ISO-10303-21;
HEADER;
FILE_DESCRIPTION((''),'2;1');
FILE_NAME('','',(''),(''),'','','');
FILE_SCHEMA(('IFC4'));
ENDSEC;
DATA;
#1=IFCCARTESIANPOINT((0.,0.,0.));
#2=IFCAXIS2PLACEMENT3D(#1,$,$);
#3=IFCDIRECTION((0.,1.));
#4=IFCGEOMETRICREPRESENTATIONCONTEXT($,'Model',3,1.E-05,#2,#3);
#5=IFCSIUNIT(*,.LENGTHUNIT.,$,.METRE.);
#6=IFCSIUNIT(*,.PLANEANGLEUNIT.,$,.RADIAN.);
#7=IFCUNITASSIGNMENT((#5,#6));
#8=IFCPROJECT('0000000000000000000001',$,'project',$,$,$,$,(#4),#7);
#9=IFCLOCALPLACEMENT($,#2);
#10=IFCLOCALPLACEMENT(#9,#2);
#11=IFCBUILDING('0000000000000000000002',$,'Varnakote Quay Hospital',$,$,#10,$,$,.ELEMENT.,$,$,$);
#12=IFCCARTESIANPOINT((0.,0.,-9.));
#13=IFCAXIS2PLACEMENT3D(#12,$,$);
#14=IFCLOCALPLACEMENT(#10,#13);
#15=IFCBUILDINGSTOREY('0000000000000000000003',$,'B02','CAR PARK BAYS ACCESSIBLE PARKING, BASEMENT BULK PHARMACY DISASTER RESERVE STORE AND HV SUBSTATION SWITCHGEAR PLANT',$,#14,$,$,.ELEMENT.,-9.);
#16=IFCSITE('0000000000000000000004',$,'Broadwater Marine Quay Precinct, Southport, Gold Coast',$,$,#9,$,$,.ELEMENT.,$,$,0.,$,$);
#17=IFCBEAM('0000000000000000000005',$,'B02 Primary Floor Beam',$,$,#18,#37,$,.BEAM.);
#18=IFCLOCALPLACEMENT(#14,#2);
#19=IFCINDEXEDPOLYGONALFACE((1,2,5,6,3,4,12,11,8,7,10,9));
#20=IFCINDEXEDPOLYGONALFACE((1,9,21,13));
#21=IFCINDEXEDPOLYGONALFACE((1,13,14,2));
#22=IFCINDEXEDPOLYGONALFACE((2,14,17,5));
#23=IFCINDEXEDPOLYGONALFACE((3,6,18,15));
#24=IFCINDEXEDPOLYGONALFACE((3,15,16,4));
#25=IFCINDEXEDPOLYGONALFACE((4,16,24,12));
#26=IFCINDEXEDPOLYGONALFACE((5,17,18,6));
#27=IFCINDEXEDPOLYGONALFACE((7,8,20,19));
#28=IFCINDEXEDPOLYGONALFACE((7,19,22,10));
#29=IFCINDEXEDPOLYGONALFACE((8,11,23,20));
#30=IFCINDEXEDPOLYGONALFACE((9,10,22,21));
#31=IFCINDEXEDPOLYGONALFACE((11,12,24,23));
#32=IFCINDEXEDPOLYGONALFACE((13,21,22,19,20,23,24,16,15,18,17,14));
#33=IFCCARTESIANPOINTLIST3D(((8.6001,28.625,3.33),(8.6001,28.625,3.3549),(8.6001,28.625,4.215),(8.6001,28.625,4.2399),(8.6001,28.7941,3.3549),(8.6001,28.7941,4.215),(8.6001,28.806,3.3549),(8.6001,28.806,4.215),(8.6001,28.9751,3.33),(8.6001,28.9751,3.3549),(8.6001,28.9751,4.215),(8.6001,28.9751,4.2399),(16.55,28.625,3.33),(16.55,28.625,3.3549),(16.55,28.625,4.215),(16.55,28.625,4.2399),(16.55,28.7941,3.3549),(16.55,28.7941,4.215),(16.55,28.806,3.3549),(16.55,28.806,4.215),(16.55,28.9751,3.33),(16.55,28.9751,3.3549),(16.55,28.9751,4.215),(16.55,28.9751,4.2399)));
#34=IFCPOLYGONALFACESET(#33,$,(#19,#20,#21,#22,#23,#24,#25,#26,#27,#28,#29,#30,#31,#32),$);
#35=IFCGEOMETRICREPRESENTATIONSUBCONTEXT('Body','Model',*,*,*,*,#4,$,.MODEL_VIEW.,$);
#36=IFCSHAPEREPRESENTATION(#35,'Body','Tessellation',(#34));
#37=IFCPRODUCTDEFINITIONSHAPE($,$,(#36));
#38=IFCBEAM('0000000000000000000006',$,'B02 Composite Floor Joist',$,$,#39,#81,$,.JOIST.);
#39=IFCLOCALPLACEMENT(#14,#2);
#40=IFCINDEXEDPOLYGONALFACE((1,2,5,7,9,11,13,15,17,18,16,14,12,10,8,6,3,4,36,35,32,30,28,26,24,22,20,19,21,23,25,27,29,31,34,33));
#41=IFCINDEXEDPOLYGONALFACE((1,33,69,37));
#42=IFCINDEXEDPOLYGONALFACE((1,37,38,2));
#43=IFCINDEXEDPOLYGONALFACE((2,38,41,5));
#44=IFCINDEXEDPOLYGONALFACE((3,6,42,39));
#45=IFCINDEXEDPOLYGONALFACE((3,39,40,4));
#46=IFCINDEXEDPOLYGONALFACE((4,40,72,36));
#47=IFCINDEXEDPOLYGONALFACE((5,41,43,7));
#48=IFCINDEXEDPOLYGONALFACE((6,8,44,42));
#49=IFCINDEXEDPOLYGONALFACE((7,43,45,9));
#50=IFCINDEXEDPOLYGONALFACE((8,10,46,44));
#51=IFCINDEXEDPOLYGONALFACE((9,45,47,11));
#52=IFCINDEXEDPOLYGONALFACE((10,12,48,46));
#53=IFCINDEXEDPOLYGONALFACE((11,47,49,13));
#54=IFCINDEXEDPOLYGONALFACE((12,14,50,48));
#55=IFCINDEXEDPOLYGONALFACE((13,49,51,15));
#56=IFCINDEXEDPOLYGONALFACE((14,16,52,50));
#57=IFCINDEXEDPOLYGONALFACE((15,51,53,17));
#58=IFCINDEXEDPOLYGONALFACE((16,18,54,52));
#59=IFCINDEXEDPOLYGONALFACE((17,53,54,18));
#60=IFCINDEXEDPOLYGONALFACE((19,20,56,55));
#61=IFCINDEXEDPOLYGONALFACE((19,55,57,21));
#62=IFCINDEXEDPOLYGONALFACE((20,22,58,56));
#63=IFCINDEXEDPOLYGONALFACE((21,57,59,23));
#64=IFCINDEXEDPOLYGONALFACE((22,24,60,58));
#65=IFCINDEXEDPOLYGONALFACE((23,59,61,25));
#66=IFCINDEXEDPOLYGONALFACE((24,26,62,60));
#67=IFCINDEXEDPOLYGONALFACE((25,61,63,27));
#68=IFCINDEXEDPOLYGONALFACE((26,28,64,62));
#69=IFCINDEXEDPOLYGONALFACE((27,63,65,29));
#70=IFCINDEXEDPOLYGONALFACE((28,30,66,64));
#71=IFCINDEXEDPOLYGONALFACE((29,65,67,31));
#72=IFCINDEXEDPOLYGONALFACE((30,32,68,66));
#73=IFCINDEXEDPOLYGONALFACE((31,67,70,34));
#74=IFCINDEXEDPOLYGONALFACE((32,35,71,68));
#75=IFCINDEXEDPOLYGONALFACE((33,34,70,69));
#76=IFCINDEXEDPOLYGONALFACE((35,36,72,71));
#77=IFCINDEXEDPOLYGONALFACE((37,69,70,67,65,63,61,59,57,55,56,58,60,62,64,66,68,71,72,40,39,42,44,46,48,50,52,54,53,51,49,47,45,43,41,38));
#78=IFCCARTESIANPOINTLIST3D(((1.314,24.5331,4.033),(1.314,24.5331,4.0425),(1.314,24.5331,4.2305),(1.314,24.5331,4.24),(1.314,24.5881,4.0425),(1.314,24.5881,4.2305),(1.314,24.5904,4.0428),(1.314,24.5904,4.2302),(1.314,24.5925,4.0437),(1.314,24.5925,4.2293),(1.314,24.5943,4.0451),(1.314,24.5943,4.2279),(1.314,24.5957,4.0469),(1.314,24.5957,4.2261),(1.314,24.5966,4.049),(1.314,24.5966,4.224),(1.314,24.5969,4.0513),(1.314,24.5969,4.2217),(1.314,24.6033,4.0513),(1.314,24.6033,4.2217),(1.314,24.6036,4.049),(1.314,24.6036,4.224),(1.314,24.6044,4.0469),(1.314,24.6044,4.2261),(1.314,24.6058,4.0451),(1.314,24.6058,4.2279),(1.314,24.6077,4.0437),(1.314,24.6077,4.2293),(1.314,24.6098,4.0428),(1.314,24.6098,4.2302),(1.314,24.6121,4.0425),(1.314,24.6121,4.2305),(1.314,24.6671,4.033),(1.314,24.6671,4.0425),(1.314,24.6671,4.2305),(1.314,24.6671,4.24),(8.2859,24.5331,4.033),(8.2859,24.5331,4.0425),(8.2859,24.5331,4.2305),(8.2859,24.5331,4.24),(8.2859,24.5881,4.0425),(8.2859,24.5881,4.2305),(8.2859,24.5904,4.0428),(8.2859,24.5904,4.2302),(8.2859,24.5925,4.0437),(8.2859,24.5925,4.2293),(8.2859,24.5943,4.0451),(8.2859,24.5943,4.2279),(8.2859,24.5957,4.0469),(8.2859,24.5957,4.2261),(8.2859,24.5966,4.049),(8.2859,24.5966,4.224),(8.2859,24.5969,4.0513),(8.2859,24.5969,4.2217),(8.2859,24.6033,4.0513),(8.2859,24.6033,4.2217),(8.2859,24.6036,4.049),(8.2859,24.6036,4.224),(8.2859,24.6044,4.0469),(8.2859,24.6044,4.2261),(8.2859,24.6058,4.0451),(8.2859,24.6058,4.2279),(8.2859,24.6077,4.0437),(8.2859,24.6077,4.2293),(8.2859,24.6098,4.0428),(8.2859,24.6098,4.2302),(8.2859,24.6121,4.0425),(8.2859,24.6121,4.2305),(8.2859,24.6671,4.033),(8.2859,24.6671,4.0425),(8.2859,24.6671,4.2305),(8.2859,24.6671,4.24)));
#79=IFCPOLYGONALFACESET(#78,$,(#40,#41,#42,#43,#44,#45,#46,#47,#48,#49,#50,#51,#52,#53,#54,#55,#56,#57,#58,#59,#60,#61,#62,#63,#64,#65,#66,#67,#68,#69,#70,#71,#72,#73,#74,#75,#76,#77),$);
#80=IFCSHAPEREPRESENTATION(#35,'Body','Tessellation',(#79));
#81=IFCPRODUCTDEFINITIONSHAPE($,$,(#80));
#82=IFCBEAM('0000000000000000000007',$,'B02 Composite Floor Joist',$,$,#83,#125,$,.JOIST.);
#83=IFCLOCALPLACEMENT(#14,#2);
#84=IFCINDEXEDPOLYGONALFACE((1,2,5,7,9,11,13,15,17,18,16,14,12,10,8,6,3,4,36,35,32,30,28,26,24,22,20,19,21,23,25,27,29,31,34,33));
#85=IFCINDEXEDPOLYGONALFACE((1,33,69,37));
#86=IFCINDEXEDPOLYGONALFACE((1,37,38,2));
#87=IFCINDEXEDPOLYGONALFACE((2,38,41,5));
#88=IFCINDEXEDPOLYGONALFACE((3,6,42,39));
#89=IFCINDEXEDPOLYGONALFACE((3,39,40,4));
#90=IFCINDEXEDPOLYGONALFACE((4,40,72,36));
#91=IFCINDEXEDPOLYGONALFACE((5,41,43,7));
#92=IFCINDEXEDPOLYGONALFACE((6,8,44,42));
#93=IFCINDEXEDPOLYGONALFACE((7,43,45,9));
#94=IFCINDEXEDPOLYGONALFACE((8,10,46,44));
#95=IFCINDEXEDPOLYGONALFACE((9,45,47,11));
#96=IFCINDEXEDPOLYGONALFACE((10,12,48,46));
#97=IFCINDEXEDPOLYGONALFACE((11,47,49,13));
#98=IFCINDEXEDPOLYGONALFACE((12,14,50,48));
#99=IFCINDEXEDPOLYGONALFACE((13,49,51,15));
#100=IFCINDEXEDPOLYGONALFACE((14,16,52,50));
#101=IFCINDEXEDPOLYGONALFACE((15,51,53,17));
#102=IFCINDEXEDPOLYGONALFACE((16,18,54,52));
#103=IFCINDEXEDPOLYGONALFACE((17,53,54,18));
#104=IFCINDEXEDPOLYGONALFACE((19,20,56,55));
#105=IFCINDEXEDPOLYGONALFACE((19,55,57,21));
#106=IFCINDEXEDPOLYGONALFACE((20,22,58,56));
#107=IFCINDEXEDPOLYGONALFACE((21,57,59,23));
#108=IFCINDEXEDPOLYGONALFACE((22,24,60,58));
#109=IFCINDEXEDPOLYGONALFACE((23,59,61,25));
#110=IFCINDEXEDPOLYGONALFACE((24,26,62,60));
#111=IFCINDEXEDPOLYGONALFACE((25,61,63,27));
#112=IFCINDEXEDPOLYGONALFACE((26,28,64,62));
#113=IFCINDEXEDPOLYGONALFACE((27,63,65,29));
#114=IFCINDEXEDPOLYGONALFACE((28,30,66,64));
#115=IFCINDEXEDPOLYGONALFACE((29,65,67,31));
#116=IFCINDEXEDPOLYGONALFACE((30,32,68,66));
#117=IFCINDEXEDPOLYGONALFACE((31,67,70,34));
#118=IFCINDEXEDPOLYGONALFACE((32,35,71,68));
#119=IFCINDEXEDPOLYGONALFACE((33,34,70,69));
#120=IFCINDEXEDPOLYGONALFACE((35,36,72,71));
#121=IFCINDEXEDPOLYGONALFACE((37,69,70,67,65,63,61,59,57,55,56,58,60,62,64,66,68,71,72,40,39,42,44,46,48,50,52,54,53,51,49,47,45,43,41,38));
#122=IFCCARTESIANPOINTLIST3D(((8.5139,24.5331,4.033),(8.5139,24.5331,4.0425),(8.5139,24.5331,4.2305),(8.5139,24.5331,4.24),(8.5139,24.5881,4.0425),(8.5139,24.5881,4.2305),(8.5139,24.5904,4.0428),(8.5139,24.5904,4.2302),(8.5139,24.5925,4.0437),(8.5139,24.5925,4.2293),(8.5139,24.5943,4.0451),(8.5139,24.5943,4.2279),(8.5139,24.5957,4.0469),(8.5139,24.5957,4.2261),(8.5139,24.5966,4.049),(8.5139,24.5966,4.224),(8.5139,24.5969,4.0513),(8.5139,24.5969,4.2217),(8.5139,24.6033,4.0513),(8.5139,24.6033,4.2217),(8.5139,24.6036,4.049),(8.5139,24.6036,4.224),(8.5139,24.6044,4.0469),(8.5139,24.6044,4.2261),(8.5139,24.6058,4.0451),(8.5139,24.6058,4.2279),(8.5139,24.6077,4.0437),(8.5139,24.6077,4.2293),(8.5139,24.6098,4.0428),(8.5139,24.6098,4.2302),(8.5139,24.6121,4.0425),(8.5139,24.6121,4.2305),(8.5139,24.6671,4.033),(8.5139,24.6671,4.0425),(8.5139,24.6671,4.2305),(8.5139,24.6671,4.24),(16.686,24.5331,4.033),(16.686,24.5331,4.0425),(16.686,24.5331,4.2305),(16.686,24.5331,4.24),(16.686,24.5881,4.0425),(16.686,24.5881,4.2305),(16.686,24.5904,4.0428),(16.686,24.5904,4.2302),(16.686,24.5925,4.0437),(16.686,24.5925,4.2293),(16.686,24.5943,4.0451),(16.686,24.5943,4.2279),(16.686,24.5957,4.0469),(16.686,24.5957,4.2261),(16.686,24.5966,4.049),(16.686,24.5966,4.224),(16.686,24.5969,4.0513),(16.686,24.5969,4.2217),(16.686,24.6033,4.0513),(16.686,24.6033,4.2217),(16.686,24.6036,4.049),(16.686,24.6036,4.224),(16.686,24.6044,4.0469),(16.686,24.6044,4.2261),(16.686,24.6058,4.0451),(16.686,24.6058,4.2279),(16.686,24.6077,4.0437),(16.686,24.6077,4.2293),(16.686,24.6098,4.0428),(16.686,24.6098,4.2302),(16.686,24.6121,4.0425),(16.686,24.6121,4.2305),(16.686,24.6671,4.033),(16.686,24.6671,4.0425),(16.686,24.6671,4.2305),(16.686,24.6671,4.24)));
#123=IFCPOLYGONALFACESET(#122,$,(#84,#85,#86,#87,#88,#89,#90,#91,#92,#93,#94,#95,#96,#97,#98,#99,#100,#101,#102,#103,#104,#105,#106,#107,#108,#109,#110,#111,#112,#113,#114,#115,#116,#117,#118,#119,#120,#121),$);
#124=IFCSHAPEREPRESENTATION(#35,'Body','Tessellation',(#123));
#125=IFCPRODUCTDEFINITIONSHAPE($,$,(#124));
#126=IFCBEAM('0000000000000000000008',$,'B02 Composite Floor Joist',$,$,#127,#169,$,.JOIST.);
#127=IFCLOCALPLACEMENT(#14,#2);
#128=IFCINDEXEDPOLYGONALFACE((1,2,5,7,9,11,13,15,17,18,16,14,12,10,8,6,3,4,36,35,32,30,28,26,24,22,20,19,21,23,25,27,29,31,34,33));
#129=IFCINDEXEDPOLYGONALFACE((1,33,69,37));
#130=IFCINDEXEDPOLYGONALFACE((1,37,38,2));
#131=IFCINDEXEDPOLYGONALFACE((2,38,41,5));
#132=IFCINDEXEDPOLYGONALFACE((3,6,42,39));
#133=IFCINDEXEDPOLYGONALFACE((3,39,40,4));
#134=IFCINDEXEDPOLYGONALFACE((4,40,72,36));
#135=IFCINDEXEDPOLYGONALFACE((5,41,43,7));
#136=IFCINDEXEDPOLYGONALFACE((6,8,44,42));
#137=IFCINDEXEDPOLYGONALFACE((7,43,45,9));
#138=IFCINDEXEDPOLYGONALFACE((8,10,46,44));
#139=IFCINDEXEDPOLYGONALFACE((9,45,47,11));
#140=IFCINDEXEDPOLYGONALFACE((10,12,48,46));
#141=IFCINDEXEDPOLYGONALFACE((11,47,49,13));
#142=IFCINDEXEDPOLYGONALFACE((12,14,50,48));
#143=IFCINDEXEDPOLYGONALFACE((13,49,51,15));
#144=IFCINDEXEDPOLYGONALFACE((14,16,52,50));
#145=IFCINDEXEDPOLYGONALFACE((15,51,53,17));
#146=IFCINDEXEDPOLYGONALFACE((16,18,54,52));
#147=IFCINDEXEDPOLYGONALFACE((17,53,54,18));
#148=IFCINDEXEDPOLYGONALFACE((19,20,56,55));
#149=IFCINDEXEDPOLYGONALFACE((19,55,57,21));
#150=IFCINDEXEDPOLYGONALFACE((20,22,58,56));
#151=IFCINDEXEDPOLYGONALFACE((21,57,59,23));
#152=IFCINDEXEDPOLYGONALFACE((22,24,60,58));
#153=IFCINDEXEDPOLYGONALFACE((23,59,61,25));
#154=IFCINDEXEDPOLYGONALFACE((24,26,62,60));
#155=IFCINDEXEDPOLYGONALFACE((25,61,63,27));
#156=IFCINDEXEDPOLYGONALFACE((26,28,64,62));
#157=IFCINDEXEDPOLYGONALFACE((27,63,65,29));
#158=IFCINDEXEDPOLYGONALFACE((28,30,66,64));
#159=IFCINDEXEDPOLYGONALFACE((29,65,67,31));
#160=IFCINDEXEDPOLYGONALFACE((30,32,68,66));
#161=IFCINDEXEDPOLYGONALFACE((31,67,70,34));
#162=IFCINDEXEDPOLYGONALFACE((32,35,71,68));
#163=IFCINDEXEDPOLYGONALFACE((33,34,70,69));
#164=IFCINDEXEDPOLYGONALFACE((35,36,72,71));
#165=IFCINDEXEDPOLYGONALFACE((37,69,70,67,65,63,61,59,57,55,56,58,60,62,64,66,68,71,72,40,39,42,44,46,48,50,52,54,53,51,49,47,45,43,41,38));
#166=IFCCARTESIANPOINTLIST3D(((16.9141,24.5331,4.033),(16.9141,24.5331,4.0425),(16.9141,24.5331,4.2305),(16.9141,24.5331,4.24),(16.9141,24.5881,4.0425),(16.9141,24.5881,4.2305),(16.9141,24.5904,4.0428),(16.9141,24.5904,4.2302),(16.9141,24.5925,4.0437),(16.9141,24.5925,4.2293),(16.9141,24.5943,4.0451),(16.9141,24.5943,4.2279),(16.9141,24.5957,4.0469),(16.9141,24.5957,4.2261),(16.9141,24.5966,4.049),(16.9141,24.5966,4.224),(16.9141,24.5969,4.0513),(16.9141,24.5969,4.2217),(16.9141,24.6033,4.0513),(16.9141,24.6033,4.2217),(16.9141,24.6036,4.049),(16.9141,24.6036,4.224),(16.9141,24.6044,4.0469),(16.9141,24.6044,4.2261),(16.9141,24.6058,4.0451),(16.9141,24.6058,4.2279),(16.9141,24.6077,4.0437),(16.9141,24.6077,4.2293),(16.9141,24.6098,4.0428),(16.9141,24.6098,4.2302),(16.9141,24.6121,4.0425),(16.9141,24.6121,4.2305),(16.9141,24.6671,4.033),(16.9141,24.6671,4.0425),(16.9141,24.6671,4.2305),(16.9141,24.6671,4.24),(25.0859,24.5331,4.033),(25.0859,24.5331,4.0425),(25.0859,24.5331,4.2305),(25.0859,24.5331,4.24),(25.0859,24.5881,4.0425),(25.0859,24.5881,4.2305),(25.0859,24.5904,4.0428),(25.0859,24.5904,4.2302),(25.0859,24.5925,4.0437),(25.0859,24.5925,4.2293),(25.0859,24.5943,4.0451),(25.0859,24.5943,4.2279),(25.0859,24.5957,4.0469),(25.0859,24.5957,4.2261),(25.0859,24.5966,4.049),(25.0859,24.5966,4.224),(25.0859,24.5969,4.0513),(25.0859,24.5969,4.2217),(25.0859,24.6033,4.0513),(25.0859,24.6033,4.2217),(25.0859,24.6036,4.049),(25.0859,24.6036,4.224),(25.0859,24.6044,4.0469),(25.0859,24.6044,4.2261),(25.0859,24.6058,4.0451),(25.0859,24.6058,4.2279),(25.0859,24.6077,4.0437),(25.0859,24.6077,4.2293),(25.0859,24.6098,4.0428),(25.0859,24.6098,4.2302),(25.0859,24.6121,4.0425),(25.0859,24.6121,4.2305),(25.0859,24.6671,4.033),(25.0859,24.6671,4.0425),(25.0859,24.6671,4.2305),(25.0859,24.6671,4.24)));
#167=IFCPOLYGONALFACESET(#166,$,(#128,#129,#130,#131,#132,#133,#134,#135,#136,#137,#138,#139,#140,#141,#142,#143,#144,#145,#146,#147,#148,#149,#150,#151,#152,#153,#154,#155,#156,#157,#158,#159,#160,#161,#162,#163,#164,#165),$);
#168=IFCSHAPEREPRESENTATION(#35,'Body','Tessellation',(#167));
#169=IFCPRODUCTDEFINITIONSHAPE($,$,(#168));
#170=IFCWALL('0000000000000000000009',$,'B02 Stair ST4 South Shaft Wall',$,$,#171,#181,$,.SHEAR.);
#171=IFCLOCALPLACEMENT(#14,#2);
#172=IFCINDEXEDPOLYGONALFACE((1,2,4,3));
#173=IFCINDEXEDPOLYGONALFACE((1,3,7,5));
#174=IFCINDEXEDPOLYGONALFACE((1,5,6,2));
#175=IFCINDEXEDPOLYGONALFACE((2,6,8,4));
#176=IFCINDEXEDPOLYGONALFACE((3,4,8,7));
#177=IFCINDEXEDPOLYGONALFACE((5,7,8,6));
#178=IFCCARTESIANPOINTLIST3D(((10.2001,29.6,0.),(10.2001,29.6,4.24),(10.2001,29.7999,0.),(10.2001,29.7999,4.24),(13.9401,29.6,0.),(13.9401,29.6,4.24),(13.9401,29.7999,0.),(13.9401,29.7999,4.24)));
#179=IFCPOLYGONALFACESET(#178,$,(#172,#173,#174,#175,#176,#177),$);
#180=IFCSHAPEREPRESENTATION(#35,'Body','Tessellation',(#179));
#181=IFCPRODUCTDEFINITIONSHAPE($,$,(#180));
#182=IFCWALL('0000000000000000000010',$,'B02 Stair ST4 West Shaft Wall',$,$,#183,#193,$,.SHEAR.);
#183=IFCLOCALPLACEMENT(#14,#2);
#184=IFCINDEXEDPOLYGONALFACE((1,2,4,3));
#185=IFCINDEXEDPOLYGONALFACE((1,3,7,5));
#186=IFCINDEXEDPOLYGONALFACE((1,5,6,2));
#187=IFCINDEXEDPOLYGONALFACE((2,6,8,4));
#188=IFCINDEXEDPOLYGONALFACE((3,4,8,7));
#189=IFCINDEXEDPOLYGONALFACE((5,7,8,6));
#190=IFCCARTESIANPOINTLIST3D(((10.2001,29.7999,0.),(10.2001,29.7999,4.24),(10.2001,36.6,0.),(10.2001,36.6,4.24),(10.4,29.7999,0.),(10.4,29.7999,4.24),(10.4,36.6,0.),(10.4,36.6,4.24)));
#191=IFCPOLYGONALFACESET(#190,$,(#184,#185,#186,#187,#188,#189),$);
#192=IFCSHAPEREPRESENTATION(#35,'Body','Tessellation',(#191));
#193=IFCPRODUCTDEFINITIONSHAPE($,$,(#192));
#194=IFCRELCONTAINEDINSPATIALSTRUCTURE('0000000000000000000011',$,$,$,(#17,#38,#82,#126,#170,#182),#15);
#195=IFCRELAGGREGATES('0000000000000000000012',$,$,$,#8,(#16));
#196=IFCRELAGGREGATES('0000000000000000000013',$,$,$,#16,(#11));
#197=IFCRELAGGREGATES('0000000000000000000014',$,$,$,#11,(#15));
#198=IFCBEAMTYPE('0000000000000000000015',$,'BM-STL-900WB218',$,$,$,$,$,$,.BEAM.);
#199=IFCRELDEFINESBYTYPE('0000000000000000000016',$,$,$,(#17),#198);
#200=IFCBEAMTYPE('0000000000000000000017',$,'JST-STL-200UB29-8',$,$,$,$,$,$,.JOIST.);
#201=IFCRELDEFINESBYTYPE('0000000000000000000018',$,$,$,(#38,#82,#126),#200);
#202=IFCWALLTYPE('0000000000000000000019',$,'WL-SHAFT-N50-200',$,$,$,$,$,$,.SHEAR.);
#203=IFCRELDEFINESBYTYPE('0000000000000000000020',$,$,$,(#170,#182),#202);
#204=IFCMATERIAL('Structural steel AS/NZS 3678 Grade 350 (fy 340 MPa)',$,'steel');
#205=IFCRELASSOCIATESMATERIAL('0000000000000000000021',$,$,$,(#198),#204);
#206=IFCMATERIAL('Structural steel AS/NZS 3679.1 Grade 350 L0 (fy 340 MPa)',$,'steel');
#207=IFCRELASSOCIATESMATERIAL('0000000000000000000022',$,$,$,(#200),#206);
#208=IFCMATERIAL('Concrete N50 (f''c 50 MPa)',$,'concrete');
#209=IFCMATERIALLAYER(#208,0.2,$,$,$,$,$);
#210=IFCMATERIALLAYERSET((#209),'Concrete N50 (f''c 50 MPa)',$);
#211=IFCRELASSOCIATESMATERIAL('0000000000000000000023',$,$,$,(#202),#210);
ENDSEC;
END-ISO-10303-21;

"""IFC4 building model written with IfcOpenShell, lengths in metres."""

from ifc_helpers import new_model, si_unit, direction, frame, frame_2d, origin, origin_2d, place, context, subcontext, project, spatial, rectangle, i_section, extrude, material, layer, layer_set, material_profile, profile_set, type_object, element, save


model = new_model("IFC4")

# Units and contexts
model_context = context("Model", 3, precision=1e-05, world=origin(), true_north=direction((0.0, 1.0)))
body_context = subcontext(model_context, "Body", "Model", "MODEL_VIEW")
ifc_project = project(units=[si_unit("LENGTHUNIT", "METRE"), si_unit("PLANEANGLEUNIT", "RADIAN")], contexts=[model_context])

# Site, building, storey
site_placement = place(None, origin())
site = spatial("IfcSite", under=ifc_project, at=site_placement, Name="Broadwater Marine Quay Precinct, Southport, Gold Coast", CompositionType="ELEMENT", RefElevation=0.0)
building_placement = place(site_placement, origin())
building = spatial("IfcBuilding", under=site, at=building_placement, Name="Varnakote Quay Hospital", CompositionType="ELEMENT")
storey_placement = place(building_placement, frame((0.0, 0.0, -9.0)))
storey = spatial("IfcBuildingStorey", under=building, at=storey_placement, Name="B02", Description="CAR PARK BAYS ACCESSIBLE PARKING, BASEMENT BULK PHARMACY DISASTER RESERVE STORE AND HV SUBSTATION SWITCHGEAR PLANT", CompositionType="ELEMENT", Elevation=-9.0)

# Beams
ifc_material_1 = material(Name="Structural steel AS/NZS 3678 Grade 350 (fy 340 MPa)", Category="steel")
ifc_material_profile_1 = material_profile(ifc_material_1, i_section(OverallWidth=0.3501, OverallDepth=0.9099, WebThickness=0.012, FlangeThickness=0.0249, at=origin_2d()), Name="900WB218")
ifc_profile_set_1 = profile_set([ifc_material_profile_1], Name="Structural steel AS/NZS 3678 Grade 350 (fy 340 MPa)")
beam_type_1 = type_object("IfcBeamType", Name="BM-STL-900WB218", PredefinedType="BEAM", material=ifc_profile_set_1)
beam_1_placement = place(storey_placement, frame((8.6001, 28.8, 3.7849), z_axis=(1.0, 0.0, 0.0), x_axis=(0.0, 1.0, 0.0)))
element("IfcBeam", 1, at=beam_1_placement, inside=storey, type_object=beam_type_1, Name="B02 Primary Floor Beam", PredefinedType="BEAM", context=body_context, shape_type="SweptSolid", body=[
    extrude(i_section(OverallWidth=0.3501, OverallDepth=0.9099, WebThickness=0.012, FlangeThickness=0.0249, at=origin_2d()), origin(), (0.0, 0.0, 1.0), 7.95),
])
ifc_material_2 = material(Name="Structural steel AS/NZS 3679.1 Grade 350 L0 (fy 340 MPa)", Category="steel")
ifc_material_profile_2 = material_profile(ifc_material_2, i_section(OverallWidth=0.134, OverallDepth=0.207, WebThickness=0.0063, FlangeThickness=0.0095, FilletRadius=0.0088, at=origin_2d()), Name="200UB29.8")
ifc_profile_set_2 = profile_set([ifc_material_profile_2], Name="Structural steel AS/NZS 3679.1 Grade 350 L0 (fy 340 MPa)")
beam_type_2 = type_object("IfcBeamType", Name="JST-STL-200UB29-8", PredefinedType="JOIST", material=ifc_profile_set_2)
beam_2_placement = place(storey_placement, frame((1.314, 24.6001, 4.1365), z_axis=(1.0, 0.0, 0.0), x_axis=(0.0, 1.0, 0.0)))
element("IfcBeam", 2, at=beam_2_placement, inside=storey, type_object=beam_type_2, Name="B02 Composite Floor Joist", PredefinedType="JOIST", context=body_context, shape_type="SweptSolid", body=[
    extrude(i_section(OverallWidth=0.134, OverallDepth=0.207, WebThickness=0.0063, FlangeThickness=0.0095, FilletRadius=0.0088, at=origin_2d()), origin(), (0.0, 0.0, 1.0), 6.9719),
])
beam_3_placement = place(storey_placement, frame((8.5139, 24.6001, 4.1365), z_axis=(1.0, 0.0, 0.0), x_axis=(0.0, 1.0, 0.0)))
element("IfcBeam", 3, at=beam_3_placement, inside=storey, type_object=beam_type_2, Name="B02 Composite Floor Joist", PredefinedType="JOIST", context=body_context, shape_type="SweptSolid", body=[
    extrude(i_section(OverallWidth=0.134, OverallDepth=0.207, WebThickness=0.0063, FlangeThickness=0.0095, FilletRadius=0.0088, at=origin_2d()), origin(), (0.0, 0.0, 1.0), 8.1721),
])
beam_4_placement = place(storey_placement, frame((16.9141, 24.6001, 4.1365), z_axis=(1.0, 0.0, 0.0), x_axis=(0.0, 1.0, 0.0)))
element("IfcBeam", 4, at=beam_4_placement, inside=storey, type_object=beam_type_2, Name="B02 Composite Floor Joist", PredefinedType="JOIST", context=body_context, shape_type="SweptSolid", body=[
    extrude(i_section(OverallWidth=0.134, OverallDepth=0.207, WebThickness=0.0063, FlangeThickness=0.0095, FilletRadius=0.0088, at=origin_2d()), origin(), (0.0, 0.0, 1.0), 8.1719),
])

# Walls
ifc_material_3 = material(Name="Concrete N50 (f'c 50 MPa)", Category="concrete")
ifc_layer_1 = layer(ifc_material_3, 0.2)
ifc_layer_set_1 = layer_set([ifc_layer_1], Name="Concrete N50 (f'c 50 MPa)")
wall_type_1 = type_object("IfcWallType", Name="WL-SHAFT-N50-200", PredefinedType="SHEAR", material=ifc_layer_set_1)
wall_1_placement = place(storey_placement, frame((10.2, 29.7, 0.0), z_axis=(0.0, 0.0, 1.0), x_axis=(1.0, 0.0, 0.0)))
element("IfcWall", 5, at=wall_1_placement, inside=storey, type_object=wall_type_1, Name="B02 Stair ST4 South Shaft Wall", PredefinedType="SHEAR", context=body_context, shape_type="SweptSolid", body=[
    extrude(rectangle(XDim=3.74, YDim=0.2, at=frame_2d((1.8701, 0.0))), origin(), (0.0, 0.0, 1.0), 4.24),
])
for number, where, z_axis, x_axis, name in (
    (6, (10.3, 29.8, 0.0), (0.0, 0.0, 1.0), (0.0, 1.0, 0.0), "B02 Stair ST4 West Shaft Wall"),
):
    element("IfcWall", number, at=place(storey_placement, frame(where, z_axis=z_axis, x_axis=x_axis)), inside=storey, type_object=wall_type_1, Name=name, PredefinedType="SHEAR", context=body_context, shape_type="SweptSolid", body=[
        extrude(rectangle(XDim=6.8, YDim=0.2, at=frame_2d((3.3999, 0.0))), origin(), (0.0, 0.0, 1.0), 4.24),
    ])

save(model, "model.ifc")
